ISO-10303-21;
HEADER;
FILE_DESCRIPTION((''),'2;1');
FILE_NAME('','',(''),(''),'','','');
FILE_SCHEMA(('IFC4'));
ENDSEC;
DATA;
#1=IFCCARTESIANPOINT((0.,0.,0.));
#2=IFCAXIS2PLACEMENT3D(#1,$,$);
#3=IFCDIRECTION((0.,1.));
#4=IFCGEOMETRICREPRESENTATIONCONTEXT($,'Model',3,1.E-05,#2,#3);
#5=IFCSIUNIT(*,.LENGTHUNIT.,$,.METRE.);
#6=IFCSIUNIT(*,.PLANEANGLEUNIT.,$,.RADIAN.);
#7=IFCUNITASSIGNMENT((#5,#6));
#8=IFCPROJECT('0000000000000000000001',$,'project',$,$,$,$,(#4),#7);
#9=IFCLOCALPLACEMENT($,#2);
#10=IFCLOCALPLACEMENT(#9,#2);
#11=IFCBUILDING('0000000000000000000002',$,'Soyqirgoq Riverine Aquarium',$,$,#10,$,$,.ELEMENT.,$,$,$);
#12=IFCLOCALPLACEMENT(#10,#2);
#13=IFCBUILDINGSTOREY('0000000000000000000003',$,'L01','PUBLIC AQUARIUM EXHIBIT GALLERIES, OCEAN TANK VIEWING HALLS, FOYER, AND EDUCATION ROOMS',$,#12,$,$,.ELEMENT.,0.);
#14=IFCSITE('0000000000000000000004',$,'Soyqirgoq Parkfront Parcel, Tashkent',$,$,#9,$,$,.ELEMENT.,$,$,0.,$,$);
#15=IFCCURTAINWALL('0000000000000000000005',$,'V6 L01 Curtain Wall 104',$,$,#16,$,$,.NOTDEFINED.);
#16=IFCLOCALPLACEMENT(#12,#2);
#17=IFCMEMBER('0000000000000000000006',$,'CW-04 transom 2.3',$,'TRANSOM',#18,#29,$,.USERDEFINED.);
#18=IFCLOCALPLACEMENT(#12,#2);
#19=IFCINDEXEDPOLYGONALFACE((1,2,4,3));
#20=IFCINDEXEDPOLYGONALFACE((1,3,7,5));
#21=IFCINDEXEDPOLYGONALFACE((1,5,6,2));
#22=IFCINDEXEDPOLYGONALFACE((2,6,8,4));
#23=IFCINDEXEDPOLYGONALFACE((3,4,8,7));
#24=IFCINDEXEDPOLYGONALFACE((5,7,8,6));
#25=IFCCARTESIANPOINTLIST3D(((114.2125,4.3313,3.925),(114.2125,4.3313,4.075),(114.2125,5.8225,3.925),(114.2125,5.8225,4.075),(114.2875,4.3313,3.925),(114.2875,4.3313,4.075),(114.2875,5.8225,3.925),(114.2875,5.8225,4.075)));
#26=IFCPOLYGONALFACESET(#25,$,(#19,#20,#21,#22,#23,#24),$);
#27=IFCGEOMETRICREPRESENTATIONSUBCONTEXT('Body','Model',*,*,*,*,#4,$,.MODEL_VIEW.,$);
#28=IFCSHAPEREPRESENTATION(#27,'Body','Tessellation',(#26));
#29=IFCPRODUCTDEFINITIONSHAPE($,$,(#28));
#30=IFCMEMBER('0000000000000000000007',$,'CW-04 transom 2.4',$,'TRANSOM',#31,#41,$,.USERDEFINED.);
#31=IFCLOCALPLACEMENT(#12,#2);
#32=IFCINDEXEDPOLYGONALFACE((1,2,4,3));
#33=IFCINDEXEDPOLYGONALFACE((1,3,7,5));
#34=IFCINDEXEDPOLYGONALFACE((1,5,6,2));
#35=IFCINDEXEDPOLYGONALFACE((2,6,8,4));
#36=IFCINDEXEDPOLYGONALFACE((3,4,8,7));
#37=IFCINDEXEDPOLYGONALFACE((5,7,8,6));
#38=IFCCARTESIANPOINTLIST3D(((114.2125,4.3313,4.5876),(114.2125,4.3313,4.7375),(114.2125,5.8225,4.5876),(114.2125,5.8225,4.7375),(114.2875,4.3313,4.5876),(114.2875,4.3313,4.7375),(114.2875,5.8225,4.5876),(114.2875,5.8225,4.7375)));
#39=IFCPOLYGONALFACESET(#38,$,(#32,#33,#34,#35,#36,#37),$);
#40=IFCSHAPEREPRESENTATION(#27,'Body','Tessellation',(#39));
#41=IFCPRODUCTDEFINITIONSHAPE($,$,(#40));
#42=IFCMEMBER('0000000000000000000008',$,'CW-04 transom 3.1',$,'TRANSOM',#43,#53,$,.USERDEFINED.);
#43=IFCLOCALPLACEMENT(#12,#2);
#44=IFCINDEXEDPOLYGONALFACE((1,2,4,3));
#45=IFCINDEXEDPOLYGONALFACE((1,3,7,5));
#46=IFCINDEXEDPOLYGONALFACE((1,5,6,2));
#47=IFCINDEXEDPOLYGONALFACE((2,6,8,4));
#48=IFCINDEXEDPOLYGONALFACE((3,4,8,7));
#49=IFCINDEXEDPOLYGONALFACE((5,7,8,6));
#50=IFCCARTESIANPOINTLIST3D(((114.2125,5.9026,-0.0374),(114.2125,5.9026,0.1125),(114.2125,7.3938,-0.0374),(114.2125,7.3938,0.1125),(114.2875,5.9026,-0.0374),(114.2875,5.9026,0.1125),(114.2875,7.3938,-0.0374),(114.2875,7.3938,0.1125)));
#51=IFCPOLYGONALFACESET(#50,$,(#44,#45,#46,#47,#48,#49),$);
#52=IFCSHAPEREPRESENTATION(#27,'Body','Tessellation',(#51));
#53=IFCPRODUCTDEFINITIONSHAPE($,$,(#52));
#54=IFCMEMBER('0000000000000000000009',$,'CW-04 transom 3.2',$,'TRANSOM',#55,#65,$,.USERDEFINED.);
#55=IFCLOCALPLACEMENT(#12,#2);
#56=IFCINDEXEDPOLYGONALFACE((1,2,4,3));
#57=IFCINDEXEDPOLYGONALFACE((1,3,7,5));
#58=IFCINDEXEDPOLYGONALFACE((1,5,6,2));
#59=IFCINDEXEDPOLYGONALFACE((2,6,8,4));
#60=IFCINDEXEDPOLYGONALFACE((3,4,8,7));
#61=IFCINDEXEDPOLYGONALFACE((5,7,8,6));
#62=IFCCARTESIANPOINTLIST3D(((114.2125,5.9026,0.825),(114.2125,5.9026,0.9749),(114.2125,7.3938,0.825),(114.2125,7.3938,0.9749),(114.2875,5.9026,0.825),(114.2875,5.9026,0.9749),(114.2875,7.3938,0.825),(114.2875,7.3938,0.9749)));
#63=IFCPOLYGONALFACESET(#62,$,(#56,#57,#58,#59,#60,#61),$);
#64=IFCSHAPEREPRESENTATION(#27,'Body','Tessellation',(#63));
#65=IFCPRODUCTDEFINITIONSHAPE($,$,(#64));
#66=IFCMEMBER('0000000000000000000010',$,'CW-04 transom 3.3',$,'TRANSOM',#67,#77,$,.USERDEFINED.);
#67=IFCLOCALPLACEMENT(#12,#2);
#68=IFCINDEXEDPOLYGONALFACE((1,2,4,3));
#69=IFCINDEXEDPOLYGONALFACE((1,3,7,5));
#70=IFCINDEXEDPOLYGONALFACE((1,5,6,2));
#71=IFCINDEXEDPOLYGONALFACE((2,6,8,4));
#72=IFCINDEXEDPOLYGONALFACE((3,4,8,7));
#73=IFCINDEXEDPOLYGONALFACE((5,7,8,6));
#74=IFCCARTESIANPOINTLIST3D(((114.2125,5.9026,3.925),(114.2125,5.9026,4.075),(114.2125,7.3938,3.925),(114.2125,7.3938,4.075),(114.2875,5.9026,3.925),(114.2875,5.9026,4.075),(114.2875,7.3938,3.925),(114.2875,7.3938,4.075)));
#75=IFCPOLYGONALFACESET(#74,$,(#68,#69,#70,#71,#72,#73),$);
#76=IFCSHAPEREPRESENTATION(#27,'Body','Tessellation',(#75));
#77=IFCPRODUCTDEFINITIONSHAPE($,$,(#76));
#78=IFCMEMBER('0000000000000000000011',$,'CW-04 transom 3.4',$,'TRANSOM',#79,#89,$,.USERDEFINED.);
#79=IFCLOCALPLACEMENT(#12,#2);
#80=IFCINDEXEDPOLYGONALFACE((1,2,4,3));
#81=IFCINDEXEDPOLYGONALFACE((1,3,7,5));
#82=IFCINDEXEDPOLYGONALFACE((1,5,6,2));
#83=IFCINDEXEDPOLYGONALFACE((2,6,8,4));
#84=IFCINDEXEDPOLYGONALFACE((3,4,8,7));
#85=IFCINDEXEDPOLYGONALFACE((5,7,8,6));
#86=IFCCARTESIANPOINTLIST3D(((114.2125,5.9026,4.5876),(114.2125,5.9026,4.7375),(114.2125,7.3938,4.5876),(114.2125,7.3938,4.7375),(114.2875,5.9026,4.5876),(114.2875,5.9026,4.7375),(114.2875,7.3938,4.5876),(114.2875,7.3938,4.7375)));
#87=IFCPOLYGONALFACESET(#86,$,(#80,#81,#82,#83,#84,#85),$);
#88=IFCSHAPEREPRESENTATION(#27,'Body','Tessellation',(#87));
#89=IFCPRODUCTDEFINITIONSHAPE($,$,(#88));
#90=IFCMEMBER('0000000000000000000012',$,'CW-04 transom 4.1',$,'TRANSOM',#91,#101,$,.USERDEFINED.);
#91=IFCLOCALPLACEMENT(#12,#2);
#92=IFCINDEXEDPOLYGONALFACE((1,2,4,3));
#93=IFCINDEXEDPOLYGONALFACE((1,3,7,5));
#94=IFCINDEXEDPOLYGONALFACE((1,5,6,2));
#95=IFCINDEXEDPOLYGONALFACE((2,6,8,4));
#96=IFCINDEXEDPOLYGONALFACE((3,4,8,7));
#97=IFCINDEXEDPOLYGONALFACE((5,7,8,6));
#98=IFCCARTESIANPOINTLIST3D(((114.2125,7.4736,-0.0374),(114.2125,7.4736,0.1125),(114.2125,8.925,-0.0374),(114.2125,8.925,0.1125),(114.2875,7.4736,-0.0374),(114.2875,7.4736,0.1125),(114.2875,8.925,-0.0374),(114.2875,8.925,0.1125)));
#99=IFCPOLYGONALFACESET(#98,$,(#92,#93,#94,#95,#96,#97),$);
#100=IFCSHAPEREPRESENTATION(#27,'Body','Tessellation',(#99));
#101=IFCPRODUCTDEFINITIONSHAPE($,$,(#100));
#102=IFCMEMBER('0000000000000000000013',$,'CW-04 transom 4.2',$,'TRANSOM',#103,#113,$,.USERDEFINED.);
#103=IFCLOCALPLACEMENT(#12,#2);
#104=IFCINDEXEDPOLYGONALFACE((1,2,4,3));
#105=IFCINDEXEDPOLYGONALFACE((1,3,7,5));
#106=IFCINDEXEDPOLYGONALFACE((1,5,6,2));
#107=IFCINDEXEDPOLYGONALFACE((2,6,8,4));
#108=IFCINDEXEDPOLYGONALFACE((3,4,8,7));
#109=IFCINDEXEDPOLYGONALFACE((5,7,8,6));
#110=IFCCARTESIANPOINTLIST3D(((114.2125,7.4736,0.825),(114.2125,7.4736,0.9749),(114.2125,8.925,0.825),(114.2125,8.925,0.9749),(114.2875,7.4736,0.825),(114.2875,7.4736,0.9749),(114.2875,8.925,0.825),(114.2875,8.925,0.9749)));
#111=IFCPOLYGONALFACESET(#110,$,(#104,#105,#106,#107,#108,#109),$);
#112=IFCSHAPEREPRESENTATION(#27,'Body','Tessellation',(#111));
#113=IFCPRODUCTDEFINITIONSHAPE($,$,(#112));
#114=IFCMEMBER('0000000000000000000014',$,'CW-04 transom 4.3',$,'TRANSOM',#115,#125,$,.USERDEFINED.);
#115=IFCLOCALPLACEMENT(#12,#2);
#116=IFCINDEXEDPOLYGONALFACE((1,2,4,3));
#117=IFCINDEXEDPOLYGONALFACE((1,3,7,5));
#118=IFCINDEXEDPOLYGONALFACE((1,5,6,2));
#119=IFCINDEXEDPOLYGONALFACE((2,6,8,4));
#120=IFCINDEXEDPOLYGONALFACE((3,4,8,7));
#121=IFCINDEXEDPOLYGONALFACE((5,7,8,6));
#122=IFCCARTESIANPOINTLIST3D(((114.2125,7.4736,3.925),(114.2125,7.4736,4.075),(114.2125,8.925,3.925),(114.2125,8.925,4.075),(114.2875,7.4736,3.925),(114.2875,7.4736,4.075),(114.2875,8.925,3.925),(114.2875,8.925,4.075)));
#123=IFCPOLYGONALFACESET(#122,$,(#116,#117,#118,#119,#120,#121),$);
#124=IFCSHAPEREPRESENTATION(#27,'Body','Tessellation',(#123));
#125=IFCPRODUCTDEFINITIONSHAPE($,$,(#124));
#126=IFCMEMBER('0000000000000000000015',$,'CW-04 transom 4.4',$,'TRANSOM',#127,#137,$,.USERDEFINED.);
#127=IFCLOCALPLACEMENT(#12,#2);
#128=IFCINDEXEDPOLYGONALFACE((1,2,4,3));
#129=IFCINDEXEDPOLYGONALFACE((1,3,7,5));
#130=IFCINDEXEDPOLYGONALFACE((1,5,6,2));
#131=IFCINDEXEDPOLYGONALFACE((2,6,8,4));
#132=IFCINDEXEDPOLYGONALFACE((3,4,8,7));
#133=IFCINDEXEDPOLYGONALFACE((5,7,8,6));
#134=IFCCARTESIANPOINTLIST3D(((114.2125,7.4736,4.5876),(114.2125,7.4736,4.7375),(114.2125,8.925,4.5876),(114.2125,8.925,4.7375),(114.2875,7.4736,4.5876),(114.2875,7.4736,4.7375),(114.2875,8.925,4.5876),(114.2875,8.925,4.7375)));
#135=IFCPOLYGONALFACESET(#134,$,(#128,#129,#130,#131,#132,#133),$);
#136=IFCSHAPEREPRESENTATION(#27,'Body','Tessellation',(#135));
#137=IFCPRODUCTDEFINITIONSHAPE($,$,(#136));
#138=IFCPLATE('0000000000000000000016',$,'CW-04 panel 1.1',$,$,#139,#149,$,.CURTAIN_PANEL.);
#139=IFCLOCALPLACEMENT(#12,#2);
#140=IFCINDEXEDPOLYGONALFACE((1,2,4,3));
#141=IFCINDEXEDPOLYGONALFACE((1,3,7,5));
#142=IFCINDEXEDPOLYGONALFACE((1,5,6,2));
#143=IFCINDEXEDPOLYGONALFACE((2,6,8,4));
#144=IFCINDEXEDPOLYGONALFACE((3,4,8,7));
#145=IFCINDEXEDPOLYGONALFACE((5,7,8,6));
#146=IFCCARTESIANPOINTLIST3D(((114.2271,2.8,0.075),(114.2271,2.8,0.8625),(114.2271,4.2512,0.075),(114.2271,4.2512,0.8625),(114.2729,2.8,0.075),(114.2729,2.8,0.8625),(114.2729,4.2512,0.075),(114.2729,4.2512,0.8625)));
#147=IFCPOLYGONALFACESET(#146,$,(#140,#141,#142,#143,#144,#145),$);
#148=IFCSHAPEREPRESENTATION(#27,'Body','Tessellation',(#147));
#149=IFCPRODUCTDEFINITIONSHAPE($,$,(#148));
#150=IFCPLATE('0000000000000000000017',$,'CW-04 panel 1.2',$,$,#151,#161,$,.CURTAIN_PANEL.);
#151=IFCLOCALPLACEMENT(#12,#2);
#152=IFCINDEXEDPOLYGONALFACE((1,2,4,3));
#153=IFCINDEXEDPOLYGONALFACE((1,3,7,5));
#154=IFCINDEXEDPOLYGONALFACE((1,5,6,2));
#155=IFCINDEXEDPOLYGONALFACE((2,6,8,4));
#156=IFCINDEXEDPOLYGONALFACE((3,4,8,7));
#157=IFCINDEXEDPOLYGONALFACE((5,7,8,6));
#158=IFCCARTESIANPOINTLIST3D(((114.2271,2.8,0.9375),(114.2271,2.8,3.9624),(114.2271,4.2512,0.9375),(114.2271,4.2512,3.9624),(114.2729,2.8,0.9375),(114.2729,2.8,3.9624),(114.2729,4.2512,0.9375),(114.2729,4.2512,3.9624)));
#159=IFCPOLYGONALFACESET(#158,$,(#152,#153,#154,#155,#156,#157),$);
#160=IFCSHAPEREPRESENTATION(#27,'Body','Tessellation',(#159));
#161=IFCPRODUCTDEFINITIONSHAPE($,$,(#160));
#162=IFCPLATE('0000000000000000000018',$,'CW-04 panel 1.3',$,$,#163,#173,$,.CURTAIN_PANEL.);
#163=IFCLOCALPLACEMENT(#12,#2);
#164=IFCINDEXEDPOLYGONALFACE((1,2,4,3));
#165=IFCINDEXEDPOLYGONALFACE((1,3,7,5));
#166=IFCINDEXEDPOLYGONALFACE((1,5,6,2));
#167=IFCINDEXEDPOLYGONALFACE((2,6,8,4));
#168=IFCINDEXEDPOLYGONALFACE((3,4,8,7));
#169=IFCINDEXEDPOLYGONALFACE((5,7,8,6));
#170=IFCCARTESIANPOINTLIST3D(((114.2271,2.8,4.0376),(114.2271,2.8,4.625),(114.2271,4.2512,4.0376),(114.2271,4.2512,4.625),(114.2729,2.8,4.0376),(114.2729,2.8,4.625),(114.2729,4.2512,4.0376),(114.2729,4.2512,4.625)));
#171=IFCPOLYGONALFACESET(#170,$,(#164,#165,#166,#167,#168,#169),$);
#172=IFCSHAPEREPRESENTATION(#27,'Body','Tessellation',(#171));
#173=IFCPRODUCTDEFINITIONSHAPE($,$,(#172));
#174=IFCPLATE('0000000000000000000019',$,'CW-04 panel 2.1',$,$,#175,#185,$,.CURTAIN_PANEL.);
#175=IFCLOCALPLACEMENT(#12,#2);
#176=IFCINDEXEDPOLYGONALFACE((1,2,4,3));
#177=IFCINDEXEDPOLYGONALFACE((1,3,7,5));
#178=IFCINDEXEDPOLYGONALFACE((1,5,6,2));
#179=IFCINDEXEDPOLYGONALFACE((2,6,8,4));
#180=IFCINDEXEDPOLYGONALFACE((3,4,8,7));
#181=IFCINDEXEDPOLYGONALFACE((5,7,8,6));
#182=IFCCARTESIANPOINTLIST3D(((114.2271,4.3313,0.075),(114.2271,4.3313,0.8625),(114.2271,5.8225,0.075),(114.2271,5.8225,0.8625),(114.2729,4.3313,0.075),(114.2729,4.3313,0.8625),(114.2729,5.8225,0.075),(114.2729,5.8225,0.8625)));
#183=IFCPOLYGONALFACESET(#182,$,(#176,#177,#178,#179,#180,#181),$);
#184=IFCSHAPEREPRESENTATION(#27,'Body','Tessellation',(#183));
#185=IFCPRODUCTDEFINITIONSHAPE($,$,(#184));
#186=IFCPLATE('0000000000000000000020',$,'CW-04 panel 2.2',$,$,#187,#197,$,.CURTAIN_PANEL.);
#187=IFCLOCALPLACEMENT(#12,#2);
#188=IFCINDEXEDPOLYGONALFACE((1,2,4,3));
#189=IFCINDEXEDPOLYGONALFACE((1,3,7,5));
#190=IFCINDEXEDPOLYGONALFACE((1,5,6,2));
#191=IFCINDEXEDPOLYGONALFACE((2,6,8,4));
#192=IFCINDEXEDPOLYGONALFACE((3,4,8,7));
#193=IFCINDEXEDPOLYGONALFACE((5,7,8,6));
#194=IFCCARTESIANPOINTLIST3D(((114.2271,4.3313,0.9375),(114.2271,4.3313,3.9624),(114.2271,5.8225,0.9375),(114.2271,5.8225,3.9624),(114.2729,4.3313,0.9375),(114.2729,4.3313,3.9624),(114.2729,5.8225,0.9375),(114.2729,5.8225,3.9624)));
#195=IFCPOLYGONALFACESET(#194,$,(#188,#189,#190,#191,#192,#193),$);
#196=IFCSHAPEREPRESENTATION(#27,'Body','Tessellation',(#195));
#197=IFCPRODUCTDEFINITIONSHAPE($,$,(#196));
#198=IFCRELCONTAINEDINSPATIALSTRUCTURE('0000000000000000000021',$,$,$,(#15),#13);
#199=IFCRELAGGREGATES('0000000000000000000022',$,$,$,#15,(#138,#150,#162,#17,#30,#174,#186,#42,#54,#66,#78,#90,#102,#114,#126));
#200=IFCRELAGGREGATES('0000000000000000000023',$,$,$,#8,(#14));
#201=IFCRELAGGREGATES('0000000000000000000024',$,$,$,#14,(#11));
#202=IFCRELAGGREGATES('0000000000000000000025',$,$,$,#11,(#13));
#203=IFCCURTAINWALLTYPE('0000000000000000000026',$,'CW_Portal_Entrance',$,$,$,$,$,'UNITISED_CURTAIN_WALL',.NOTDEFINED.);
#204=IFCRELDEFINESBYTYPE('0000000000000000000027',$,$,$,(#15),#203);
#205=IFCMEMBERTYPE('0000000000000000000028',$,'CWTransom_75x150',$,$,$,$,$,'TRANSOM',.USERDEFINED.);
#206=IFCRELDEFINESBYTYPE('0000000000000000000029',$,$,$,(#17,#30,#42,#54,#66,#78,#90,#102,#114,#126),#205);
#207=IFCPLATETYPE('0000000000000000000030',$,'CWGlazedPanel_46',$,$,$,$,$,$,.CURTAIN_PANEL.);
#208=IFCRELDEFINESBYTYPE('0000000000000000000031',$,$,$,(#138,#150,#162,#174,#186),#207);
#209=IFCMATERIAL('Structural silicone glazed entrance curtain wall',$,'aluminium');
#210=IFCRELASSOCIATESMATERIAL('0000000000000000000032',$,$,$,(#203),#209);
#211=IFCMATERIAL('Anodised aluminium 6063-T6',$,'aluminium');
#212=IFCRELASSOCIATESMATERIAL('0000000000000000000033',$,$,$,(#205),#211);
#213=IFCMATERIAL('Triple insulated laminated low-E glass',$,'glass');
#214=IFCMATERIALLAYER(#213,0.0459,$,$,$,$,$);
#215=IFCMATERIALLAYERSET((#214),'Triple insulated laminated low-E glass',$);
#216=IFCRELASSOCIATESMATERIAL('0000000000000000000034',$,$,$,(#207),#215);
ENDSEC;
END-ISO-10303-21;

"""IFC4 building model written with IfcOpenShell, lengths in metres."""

from ifc_helpers import new_model, si_unit, direction, frame, origin, origin_2d, place, context, subcontext, project, spatial, rectangle, extrude, material, layer, layer_set, material_profile, profile_set, type_object, element, aggregate, save


model = new_model("IFC4")

# Units and contexts
model_context = context("Model", 3, precision=1e-05, world=origin(), true_north=direction((0.0, 1.0)))
body_context = subcontext(model_context, "Body", "Model", "MODEL_VIEW")
ifc_project = project(units=[si_unit("LENGTHUNIT", "METRE"), si_unit("PLANEANGLEUNIT", "RADIAN")], contexts=[model_context])

# Site, building, storey
site_placement = place(None, origin())
site = spatial("IfcSite", under=ifc_project, at=site_placement, Name="Soyqirgoq Parkfront Parcel, Tashkent", CompositionType="ELEMENT", RefElevation=0.0)
building_placement = place(site_placement, origin())
building = spatial("IfcBuilding", under=site, at=building_placement, Name="Soyqirgoq Riverine Aquarium", CompositionType="ELEMENT")
storey_placement = place(building_placement, origin())
storey = spatial("IfcBuildingStorey", under=building, at=storey_placement, Name="L01", Description="PUBLIC AQUARIUM EXHIBIT GALLERIES, OCEAN TANK VIEWING HALLS, FOYER, AND EDUCATION ROOMS", CompositionType="ELEMENT", Elevation=0.0)

# Curtain wall, members, plates
ifc_material_1 = material(Name="Structural silicone glazed entrance curtain wall", Category="aluminium")
curtain_wall_type = type_object("IfcCurtainWallType", Name="CW_Portal_Entrance", ElementType="UNITISED_CURTAIN_WALL", PredefinedType="NOTDEFINED", material=ifc_material_1)
curtain_wall_placement = place(storey_placement, origin())
curtain_wall = element("IfcCurtainWall", 1, at=curtain_wall_placement, inside=storey, type_object=curtain_wall_type, Name="V6 L01 Curtain Wall 104", PredefinedType="NOTDEFINED")
ifc_material_2 = material(Name="Anodised aluminium 6063-T6", Category="aluminium")
ifc_material_profile_1 = material_profile(ifc_material_2, rectangle(XDim=0.075, YDim=0.1499, at=origin_2d()), Name="ALU-T 75x150")
ifc_profile_set_1 = profile_set([ifc_material_profile_1], Name="Anodised aluminium 6063-T6")
member_type_1 = type_object("IfcMemberType", Name="CWTransom_75x150", ElementType="TRANSOM", PredefinedType="USERDEFINED", material=ifc_profile_set_1)
member_1_placement = place(storey_placement, frame((114.25, 4.3313, 4.0), z_axis=(0.0, 1.0, 0.0), x_axis=(-1.0, 0.0, 0.0)))
member_1 = element("IfcMember", 2, at=member_1_placement, type_object=member_type_1, Name="CW-04 transom 2.3", ObjectType="TRANSOM", PredefinedType="USERDEFINED", context=body_context, shape_type="SweptSolid", body=[
    extrude(rectangle(XDim=0.075, YDim=0.1499, at=origin_2d()), origin(), (0.0, 0.0, 1.0), 1.4912),
])
member_2_placement = place(storey_placement, frame((114.25, 4.3313, 4.6626), z_axis=(0.0, 1.0, 0.0), x_axis=(-1.0, 0.0, 0.0)))
member_2 = element("IfcMember", 3, at=member_2_placement, type_object=member_type_1, Name="CW-04 transom 2.4", ObjectType="TRANSOM", PredefinedType="USERDEFINED", context=body_context, shape_type="SweptSolid", body=[
    extrude(rectangle(XDim=0.075, YDim=0.1499, at=origin_2d()), origin(), (0.0, 0.0, 1.0), 1.4912),
])
member_3_placement = place(storey_placement, frame((114.25, 5.9026, 0.0376), z_axis=(0.0, 1.0, 0.0), x_axis=(-1.0, 0.0, 0.0)))
member_3 = element("IfcMember", 4, at=member_3_placement, type_object=member_type_1, Name="CW-04 transom 3.1", ObjectType="TRANSOM", PredefinedType="USERDEFINED", context=body_context, shape_type="SweptSolid", body=[
    extrude(rectangle(XDim=0.075, YDim=0.1499, at=origin_2d()), origin(), (0.0, 0.0, 1.0), 1.4912),
])
member_4_placement = place(storey_placement, frame((114.25, 5.9026, 0.8999), z_axis=(0.0, 1.0, 0.0), x_axis=(-1.0, 0.0, 0.0)))
member_4 = element("IfcMember", 5, at=member_4_placement, type_object=member_type_1, Name="CW-04 transom 3.2", ObjectType="TRANSOM", PredefinedType="USERDEFINED", context=body_context, shape_type="SweptSolid", body=[
    extrude(rectangle(XDim=0.075, YDim=0.1499, at=origin_2d()), origin(), (0.0, 0.0, 1.0), 1.4912),
])
member_5_placement = place(storey_placement, frame((114.25, 5.9026, 4.0), z_axis=(0.0, 1.0, 0.0), x_axis=(-1.0, 0.0, 0.0)))
member_5 = element("IfcMember", 6, at=member_5_placement, type_object=member_type_1, Name="CW-04 transom 3.3", ObjectType="TRANSOM", PredefinedType="USERDEFINED", context=body_context, shape_type="SweptSolid", body=[
    extrude(rectangle(XDim=0.075, YDim=0.1499, at=origin_2d()), origin(), (0.0, 0.0, 1.0), 1.4912),
])
member_6_placement = place(storey_placement, frame((114.25, 5.9026, 4.6626), z_axis=(0.0, 1.0, 0.0), x_axis=(-1.0, 0.0, 0.0)))
member_6 = element("IfcMember", 7, at=member_6_placement, type_object=member_type_1, Name="CW-04 transom 3.4", ObjectType="TRANSOM", PredefinedType="USERDEFINED", context=body_context, shape_type="SweptSolid", body=[
    extrude(rectangle(XDim=0.075, YDim=0.1499, at=origin_2d()), origin(), (0.0, 0.0, 1.0), 1.4912),
])
member_7_placement = place(storey_placement, frame((114.25, 7.4736, 0.0376), z_axis=(0.0, 1.0, 0.0), x_axis=(-1.0, 0.0, 0.0)))
member_7 = element("IfcMember", 8, at=member_7_placement, type_object=member_type_1, Name="CW-04 transom 4.1", ObjectType="TRANSOM", PredefinedType="USERDEFINED", context=body_context, shape_type="SweptSolid", body=[
    extrude(rectangle(XDim=0.075, YDim=0.1499, at=origin_2d()), origin(), (0.0, 0.0, 1.0), 1.4514),
])
member_8_placement = place(storey_placement, frame((114.25, 7.4736, 0.8999), z_axis=(0.0, 1.0, 0.0), x_axis=(-1.0, 0.0, 0.0)))
member_8 = element("IfcMember", 9, at=member_8_placement, type_object=member_type_1, Name="CW-04 transom 4.2", ObjectType="TRANSOM", PredefinedType="USERDEFINED", context=body_context, shape_type="SweptSolid", body=[
    extrude(rectangle(XDim=0.075, YDim=0.1499, at=origin_2d()), origin(), (0.0, 0.0, 1.0), 1.4514),
])
member_9_placement = place(storey_placement, frame((114.25, 7.4736, 4.0), z_axis=(0.0, 1.0, 0.0), x_axis=(-1.0, 0.0, 0.0)))
member_9 = element("IfcMember", 10, at=member_9_placement, type_object=member_type_1, Name="CW-04 transom 4.3", ObjectType="TRANSOM", PredefinedType="USERDEFINED", context=body_context, shape_type="SweptSolid", body=[
    extrude(rectangle(XDim=0.075, YDim=0.1499, at=origin_2d()), origin(), (0.0, 0.0, 1.0), 1.4514),
])
member_10_placement = place(storey_placement, frame((114.25, 7.4736, 4.6626), z_axis=(0.0, 1.0, 0.0), x_axis=(-1.0, 0.0, 0.0)))
member_10 = element("IfcMember", 11, at=member_10_placement, type_object=member_type_1, Name="CW-04 transom 4.4", ObjectType="TRANSOM", PredefinedType="USERDEFINED", context=body_context, shape_type="SweptSolid", body=[
    extrude(rectangle(XDim=0.075, YDim=0.1499, at=origin_2d()), origin(), (0.0, 0.0, 1.0), 1.4514),
])
ifc_material_3 = material(Name="Triple insulated laminated low-E glass", Category="glass")
ifc_layer_1 = layer(ifc_material_3, 0.0459)
ifc_layer_set_1 = layer_set([ifc_layer_1], Name="Triple insulated laminated low-E glass")
plate_type = type_object("IfcPlateType", Name="CWGlazedPanel_46", PredefinedType="CURTAIN_PANEL", material=ifc_layer_set_1)
plate_1_placement = place(storey_placement, frame((114.25, 3.5256, 0.075), z_axis=(0.0, 0.0, 1.0), x_axis=(0.0, 1.0, 0.0)))
plate_1 = element("IfcPlate", 12, at=plate_1_placement, type_object=plate_type, Name="CW-04 panel 1.1", PredefinedType="CURTAIN_PANEL", context=body_context, shape_type="SweptSolid", body=[
    extrude(rectangle(XDim=1.4512, YDim=0.0459, at=origin_2d()), origin(), (0.0, 0.0, 1.0), 0.7876),
])
plate_2_placement = place(storey_placement, frame((114.25, 3.5256, 0.9375), z_axis=(0.0, 0.0, 1.0), x_axis=(0.0, 1.0, 0.0)))
plate_2 = element("IfcPlate", 13, at=plate_2_placement, type_object=plate_type, Name="CW-04 panel 1.2", PredefinedType="CURTAIN_PANEL", context=body_context, shape_type="SweptSolid", body=[
    extrude(rectangle(XDim=1.4512, YDim=0.0459, at=origin_2d()), origin(), (0.0, 0.0, 1.0), 3.0249),
])
plate_3_placement = place(storey_placement, frame((114.25, 3.5256, 4.0376), z_axis=(0.0, 0.0, 1.0), x_axis=(0.0, 1.0, 0.0)))
plate_3 = element("IfcPlate", 14, at=plate_3_placement, type_object=plate_type, Name="CW-04 panel 1.3", PredefinedType="CURTAIN_PANEL", context=body_context, shape_type="SweptSolid", body=[
    extrude(rectangle(XDim=1.4512, YDim=0.0459, at=origin_2d()), origin(), (0.0, 0.0, 1.0), 0.5874),
])
plate_4_placement = place(storey_placement, frame((114.25, 5.0769, 0.075), z_axis=(0.0, 0.0, 1.0), x_axis=(0.0, 1.0, 0.0)))
plate_4 = element("IfcPlate", 15, at=plate_4_placement, type_object=plate_type, Name="CW-04 panel 2.1", PredefinedType="CURTAIN_PANEL", context=body_context, shape_type="SweptSolid", body=[
    extrude(rectangle(XDim=1.4912, YDim=0.0459, at=origin_2d()), origin(), (0.0, 0.0, 1.0), 0.7876),
])
plate_5_placement = place(storey_placement, frame((114.25, 5.0769, 0.9375), z_axis=(0.0, 0.0, 1.0), x_axis=(0.0, 1.0, 0.0)))
plate_5 = element("IfcPlate", 16, at=plate_5_placement, type_object=plate_type, Name="CW-04 panel 2.2", PredefinedType="CURTAIN_PANEL", context=body_context, shape_type="SweptSolid", body=[
    extrude(rectangle(XDim=1.4912, YDim=0.0459, at=origin_2d()), origin(), (0.0, 0.0, 1.0), 3.0249),
])
aggregate(curtain_wall, [plate_1, plate_2, plate_3, member_1, member_2, plate_4, plate_5, member_3, member_4, member_5, member_6, member_7, member_8, member_9, member_10])

save(model, "model.ifc")
